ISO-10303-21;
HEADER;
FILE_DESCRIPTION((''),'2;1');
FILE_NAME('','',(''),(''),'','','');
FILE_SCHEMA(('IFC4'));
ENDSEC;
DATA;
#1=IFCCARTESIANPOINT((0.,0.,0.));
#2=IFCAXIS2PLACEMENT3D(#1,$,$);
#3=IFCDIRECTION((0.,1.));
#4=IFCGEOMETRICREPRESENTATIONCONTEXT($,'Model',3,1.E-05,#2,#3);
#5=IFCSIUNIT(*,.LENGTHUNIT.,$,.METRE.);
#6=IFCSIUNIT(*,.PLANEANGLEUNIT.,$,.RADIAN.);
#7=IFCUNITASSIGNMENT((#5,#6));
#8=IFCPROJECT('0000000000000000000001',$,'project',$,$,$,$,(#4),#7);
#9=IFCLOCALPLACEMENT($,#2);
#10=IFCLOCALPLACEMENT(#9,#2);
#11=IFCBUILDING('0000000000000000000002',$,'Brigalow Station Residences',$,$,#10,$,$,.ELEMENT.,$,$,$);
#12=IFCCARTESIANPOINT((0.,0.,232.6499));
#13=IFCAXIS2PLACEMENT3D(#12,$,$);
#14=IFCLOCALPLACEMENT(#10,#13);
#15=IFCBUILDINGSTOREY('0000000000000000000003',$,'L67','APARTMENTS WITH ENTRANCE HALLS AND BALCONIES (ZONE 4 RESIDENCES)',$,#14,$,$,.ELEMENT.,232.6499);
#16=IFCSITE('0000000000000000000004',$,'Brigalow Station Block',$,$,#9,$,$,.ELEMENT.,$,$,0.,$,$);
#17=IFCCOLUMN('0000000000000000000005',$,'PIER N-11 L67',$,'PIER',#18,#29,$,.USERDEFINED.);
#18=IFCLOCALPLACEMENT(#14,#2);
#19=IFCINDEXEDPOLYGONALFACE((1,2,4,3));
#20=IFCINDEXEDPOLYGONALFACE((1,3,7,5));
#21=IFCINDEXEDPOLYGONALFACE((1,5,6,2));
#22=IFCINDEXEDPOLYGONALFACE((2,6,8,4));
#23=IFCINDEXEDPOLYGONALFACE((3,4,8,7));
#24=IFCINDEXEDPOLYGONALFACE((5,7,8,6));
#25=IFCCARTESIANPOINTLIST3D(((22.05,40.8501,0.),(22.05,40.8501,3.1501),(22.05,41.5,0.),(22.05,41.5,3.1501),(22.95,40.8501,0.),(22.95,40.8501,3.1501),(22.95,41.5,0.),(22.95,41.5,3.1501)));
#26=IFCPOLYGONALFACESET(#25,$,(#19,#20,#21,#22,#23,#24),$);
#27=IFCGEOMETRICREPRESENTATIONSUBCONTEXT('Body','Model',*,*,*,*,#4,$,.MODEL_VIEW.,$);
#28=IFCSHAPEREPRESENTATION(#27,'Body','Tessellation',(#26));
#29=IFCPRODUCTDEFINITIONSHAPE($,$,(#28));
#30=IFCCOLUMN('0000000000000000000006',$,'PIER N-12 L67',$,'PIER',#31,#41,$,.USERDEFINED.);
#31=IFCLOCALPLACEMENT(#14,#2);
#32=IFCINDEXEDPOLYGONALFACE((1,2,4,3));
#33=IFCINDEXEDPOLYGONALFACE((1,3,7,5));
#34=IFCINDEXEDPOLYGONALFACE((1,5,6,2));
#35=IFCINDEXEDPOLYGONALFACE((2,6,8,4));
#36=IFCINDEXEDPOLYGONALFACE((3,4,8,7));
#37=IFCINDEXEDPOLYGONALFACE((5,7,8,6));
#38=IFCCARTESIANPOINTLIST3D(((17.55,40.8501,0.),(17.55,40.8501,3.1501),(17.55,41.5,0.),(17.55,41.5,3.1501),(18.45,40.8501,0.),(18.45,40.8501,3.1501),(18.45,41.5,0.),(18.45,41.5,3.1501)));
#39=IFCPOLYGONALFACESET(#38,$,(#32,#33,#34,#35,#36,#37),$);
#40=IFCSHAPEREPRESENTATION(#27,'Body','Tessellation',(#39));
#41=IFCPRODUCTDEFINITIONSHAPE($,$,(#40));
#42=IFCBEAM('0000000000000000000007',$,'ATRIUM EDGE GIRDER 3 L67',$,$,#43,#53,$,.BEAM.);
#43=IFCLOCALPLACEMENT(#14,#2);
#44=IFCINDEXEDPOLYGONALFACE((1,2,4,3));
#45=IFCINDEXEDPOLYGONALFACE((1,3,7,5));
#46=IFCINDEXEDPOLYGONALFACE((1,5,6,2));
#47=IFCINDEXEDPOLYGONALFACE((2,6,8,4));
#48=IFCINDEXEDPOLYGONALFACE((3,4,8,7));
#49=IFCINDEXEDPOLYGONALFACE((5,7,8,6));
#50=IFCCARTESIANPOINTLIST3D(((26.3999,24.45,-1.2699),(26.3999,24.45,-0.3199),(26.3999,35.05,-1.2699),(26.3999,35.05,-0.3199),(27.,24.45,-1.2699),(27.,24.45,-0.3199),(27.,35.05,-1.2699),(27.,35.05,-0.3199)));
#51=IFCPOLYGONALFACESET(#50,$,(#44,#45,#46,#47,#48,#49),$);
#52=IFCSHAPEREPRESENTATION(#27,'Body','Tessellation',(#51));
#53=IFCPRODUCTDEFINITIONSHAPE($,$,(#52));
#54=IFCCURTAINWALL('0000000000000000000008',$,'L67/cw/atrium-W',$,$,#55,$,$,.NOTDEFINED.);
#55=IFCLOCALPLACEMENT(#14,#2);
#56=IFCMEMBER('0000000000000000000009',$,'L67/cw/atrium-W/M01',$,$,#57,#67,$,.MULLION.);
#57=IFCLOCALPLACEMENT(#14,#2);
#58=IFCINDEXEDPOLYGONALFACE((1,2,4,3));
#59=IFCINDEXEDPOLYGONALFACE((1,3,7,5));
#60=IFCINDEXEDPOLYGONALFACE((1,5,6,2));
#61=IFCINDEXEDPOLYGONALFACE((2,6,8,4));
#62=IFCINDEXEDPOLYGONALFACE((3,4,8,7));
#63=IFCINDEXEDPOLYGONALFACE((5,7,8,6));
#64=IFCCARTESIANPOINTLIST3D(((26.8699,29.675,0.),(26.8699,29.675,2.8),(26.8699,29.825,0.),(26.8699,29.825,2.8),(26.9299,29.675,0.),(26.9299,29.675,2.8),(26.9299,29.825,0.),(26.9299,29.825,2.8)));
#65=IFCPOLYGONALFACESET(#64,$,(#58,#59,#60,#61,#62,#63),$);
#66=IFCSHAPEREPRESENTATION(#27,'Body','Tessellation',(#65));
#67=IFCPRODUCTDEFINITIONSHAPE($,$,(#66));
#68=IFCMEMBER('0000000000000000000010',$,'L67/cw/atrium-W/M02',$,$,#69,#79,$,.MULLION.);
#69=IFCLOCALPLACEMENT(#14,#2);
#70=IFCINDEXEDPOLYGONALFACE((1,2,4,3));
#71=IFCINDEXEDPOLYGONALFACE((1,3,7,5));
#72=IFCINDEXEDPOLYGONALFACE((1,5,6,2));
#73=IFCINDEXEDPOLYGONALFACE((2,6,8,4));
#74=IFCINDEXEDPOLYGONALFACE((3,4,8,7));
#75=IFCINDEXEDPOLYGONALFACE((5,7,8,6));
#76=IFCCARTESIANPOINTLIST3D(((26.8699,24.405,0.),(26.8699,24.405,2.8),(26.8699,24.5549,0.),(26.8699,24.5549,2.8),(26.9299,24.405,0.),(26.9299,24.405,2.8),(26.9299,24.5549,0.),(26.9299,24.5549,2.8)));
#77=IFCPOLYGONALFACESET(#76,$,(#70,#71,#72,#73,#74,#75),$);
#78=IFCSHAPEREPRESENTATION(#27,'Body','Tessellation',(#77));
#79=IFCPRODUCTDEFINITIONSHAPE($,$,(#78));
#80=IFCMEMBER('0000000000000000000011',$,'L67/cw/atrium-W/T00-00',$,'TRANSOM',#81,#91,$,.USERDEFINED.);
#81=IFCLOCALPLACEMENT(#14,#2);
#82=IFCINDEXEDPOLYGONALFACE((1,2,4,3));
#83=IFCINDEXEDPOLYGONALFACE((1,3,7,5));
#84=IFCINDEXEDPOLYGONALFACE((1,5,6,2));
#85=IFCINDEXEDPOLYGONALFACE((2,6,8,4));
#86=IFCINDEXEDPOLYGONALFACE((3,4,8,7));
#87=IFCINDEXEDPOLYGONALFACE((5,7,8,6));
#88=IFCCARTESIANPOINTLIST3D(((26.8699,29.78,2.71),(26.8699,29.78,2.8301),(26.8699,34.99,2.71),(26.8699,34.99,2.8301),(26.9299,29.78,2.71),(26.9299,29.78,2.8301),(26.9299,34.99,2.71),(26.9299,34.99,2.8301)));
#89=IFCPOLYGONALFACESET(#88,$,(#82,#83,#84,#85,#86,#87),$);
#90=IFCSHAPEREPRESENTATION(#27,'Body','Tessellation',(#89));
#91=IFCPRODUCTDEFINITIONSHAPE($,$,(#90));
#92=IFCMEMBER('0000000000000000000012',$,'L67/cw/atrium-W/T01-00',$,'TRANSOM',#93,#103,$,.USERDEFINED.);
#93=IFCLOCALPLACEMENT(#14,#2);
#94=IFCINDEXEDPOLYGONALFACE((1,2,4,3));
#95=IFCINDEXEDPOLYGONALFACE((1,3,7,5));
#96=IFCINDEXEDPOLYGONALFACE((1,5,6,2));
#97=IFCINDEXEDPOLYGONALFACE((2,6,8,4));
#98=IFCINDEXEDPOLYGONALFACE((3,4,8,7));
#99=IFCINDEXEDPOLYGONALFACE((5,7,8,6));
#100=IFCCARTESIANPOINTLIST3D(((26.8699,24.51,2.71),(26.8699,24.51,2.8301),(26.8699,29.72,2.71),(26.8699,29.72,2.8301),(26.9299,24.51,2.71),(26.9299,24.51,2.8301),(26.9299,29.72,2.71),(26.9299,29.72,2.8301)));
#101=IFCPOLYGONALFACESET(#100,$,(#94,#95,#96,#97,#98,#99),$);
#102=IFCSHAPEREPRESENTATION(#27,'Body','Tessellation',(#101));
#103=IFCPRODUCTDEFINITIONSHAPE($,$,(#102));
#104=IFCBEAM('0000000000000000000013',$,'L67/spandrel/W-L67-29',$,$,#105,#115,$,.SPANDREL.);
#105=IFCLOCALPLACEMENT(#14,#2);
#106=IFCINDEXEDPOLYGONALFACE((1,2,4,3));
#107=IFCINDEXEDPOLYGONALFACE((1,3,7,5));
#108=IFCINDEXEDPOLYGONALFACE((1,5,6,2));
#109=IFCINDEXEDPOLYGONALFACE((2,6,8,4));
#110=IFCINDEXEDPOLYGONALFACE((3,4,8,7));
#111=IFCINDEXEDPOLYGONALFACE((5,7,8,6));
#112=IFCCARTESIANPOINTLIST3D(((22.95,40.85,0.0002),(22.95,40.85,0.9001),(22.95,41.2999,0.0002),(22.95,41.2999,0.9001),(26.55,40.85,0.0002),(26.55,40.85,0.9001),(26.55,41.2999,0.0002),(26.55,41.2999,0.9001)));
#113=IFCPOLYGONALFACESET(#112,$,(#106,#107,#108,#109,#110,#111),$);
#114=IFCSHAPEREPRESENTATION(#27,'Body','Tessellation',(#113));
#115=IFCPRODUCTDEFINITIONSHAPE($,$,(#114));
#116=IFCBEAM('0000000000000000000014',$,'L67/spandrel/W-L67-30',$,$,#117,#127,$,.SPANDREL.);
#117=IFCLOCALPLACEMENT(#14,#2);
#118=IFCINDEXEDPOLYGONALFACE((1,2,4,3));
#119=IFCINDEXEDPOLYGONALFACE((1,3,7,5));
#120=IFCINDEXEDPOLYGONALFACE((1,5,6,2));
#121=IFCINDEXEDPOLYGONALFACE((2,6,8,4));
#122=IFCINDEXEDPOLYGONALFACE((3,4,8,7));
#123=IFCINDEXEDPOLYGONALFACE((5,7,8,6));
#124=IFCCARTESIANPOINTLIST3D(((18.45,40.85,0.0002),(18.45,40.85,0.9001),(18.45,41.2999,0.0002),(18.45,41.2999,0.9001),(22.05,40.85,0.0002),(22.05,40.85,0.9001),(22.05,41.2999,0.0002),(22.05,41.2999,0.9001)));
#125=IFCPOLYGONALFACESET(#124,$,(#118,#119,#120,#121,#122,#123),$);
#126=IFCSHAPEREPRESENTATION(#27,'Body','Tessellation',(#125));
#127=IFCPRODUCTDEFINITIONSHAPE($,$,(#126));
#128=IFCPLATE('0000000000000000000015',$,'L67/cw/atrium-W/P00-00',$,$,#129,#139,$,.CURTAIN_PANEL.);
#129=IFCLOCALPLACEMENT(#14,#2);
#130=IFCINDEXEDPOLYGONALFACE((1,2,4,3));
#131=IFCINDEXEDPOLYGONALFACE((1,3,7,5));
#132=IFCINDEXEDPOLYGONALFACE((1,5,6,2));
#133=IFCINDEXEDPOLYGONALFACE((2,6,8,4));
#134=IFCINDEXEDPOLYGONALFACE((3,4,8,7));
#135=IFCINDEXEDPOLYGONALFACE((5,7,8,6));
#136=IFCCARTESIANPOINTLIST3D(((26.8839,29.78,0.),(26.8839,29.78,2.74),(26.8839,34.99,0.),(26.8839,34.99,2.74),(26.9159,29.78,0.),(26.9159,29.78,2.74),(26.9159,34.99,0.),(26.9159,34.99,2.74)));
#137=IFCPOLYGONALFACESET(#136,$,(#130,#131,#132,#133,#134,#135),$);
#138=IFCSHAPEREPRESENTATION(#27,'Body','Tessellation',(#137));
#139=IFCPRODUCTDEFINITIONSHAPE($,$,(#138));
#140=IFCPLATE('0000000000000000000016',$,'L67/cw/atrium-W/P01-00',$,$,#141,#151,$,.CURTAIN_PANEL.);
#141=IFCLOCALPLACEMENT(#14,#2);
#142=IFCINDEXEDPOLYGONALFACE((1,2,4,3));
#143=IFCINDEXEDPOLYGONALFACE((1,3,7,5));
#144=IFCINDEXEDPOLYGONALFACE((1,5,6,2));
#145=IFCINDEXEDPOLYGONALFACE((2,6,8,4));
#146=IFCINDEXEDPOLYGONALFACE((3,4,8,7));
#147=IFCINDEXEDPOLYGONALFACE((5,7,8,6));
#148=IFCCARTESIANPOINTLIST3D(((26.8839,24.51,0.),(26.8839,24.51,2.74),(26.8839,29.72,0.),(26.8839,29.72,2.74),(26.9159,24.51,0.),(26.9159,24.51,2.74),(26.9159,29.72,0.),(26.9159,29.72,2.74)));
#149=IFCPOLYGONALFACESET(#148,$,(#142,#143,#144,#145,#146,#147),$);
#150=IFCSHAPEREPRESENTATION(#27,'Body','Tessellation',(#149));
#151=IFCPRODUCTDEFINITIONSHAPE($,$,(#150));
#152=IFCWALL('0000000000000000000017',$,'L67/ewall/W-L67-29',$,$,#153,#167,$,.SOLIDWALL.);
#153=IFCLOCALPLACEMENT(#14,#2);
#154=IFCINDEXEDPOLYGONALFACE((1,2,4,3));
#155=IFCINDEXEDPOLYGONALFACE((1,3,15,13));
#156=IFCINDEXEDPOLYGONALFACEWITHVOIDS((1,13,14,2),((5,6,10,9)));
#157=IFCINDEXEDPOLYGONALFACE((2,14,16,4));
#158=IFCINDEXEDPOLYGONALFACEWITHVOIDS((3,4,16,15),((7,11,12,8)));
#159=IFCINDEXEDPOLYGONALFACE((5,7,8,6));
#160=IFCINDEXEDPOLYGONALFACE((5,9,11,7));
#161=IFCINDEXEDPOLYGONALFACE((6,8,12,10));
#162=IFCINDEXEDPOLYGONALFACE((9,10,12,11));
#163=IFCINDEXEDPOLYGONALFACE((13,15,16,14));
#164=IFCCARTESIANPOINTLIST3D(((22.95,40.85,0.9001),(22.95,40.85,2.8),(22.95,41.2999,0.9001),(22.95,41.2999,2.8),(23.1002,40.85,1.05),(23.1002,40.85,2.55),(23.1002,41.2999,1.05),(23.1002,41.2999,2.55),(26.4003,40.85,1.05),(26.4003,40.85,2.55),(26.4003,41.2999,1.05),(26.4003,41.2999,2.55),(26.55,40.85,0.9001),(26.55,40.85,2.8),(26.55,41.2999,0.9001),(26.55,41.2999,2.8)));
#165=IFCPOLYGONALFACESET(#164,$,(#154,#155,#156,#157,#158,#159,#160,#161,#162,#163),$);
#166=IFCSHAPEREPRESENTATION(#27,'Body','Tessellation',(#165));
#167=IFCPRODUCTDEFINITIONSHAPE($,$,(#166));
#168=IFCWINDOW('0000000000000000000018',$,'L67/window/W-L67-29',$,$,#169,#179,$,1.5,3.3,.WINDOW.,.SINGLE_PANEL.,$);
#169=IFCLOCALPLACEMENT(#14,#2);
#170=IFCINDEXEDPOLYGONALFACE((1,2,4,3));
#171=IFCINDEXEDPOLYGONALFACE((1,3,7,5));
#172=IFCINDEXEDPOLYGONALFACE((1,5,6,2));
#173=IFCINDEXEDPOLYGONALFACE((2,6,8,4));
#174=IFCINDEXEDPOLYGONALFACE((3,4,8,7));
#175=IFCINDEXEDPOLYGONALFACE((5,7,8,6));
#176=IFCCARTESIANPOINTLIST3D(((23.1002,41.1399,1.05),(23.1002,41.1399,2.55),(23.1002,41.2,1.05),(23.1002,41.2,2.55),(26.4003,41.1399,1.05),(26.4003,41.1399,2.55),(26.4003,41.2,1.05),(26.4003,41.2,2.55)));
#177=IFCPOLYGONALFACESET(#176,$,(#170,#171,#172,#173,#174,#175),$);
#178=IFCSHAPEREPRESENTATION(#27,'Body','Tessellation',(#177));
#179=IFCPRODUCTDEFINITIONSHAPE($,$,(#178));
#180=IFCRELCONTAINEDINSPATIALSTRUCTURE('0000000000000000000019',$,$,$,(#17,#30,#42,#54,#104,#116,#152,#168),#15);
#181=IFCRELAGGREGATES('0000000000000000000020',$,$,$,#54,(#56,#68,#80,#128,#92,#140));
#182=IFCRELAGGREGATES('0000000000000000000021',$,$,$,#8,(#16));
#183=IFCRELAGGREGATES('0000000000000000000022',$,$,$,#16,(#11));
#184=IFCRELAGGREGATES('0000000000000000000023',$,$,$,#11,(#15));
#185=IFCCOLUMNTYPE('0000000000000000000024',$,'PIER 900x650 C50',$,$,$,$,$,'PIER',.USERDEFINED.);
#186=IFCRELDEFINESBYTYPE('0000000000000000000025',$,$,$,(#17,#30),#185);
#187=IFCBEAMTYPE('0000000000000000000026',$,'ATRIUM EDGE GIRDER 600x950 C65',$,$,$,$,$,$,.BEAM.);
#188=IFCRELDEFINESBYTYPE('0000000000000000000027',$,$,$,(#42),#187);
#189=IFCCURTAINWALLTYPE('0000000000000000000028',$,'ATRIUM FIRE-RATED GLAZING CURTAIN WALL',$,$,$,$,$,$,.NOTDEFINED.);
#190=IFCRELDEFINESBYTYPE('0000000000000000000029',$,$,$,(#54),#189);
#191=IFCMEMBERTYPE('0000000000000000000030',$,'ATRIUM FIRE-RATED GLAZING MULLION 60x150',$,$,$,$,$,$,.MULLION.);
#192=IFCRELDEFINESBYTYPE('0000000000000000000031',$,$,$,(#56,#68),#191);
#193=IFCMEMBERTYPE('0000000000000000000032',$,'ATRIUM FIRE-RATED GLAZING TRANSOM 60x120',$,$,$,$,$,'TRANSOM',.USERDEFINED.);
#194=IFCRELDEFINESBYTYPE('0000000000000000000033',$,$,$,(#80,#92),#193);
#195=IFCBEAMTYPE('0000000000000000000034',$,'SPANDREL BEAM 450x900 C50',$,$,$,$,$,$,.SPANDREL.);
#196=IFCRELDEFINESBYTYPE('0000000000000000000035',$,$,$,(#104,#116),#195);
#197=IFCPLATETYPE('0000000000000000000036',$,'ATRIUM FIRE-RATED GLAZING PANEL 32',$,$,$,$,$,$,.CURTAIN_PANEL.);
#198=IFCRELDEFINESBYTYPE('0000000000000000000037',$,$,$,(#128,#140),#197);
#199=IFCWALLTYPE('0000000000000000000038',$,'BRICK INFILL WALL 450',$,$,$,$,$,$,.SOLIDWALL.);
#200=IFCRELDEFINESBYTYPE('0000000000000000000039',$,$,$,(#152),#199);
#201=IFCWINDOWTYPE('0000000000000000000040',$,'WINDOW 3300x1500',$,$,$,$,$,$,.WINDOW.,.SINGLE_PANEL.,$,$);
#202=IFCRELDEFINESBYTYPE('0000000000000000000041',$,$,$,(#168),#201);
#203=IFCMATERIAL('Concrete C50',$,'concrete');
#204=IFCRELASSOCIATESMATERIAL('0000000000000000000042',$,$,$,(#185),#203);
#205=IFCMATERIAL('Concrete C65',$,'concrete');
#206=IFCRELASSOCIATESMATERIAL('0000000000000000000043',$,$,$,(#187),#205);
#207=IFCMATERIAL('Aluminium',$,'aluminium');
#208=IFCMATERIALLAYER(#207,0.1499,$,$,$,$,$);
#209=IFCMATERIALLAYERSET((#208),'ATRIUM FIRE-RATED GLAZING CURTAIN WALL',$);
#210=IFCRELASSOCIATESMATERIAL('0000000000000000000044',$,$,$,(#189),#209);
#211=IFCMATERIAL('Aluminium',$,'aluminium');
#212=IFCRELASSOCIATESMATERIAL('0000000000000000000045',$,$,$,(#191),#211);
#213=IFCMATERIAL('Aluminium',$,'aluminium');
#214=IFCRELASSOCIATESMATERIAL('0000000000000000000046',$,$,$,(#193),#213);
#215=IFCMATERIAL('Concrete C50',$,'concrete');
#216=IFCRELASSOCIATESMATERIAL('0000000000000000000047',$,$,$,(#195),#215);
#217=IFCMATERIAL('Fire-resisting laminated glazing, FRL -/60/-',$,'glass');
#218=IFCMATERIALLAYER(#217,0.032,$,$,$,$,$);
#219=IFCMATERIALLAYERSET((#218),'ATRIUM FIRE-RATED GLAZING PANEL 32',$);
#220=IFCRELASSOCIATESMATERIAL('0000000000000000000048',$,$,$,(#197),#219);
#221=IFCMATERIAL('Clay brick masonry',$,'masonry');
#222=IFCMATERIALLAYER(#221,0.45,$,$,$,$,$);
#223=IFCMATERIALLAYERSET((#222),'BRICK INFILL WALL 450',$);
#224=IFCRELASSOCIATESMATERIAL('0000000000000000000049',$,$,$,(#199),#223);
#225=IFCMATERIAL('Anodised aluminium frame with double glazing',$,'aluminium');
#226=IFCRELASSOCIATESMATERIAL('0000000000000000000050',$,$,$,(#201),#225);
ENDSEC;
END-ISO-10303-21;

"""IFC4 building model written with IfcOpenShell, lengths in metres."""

from ifc_helpers import new_model, si_unit, direction, frame, frame_2d, origin, origin_2d, place, context, subcontext, project, spatial, rectangle, extrude, material, layer, layer_set, material_profile, profile_set, type_object, element, fill, aggregate, save


model = new_model("IFC4")

# Units and contexts
model_context = context("Model", 3, precision=1e-05, world=origin(), true_north=direction((0.0, 1.0)))
body_context = subcontext(model_context, "Body", "Model", "MODEL_VIEW")
ifc_project = project(units=[si_unit("LENGTHUNIT", "METRE"), si_unit("PLANEANGLEUNIT", "RADIAN")], contexts=[model_context])

# Site, building, storey
site_placement = place(None, origin())
site = spatial("IfcSite", under=ifc_project, at=site_placement, Name="Brigalow Station Block", CompositionType="ELEMENT", RefElevation=0.0)
building_placement = place(site_placement, origin())
building = spatial("IfcBuilding", under=site, at=building_placement, Name="Brigalow Station Residences", CompositionType="ELEMENT")
storey_placement = place(building_placement, frame((0.0, 0.0, 232.6499)))
storey = spatial("IfcBuildingStorey", under=building, at=storey_placement, Name="L67", Description="APARTMENTS WITH ENTRANCE HALLS AND BALCONIES (ZONE 4 RESIDENCES)", CompositionType="ELEMENT", Elevation=232.6499)

# Columns
ifc_material_1 = material(Name="Concrete C50", Category="concrete")
ifc_material_profile_1 = material_profile(ifc_material_1, rectangle(XDim=0.8999, YDim=0.6499, at=origin_2d()), Name="RC900x650")
ifc_profile_set_1 = profile_set([ifc_material_profile_1], Name="Concrete C50")
column_type = type_object("IfcColumnType", Name="PIER 900x650 C50", ElementType="PIER", PredefinedType="USERDEFINED", material=ifc_profile_set_1)
for number, where, z_axis, x_axis, name in (
    (1, (22.5, 41.175, 0.0), (0.0, 0.0, 1.0), (-1.0, 0.0, 0.0), "PIER N-11 L67"),
    (2, (18.0, 41.175, 0.0), (0.0, 0.0, 1.0), (-1.0, 0.0, 0.0), "PIER N-12 L67"),
):
    element("IfcColumn", number, at=place(storey_placement, frame(where, z_axis=z_axis, x_axis=x_axis)), inside=storey, type_object=column_type, Name=name, ObjectType="PIER", PredefinedType="USERDEFINED", context=body_context, shape_type="SweptSolid", body=[
        extrude(rectangle(XDim=0.8999, YDim=0.6499, at=origin_2d()), origin(), (0.0, 0.0, 1.0), 3.1501),
    ])

# Beam
ifc_material_2 = material(Name="Concrete C65", Category="concrete")
ifc_material_profile_2 = material_profile(ifc_material_2, rectangle(XDim=0.6001, YDim=0.95, at=origin_2d()), Name="RC600x950")
ifc_profile_set_2 = profile_set([ifc_material_profile_2], Name="Concrete C65")
beam_type_1 = type_object("IfcBeamType", Name="ATRIUM EDGE GIRDER 600x950 C65", PredefinedType="BEAM", material=ifc_profile_set_2)
beam_placement = place(storey_placement, frame((26.7, 24.45, -0.7949), z_axis=(0.0, 1.0, 0.0), x_axis=(-1.0, 0.0, 0.0)))
element("IfcBeam", 3, at=beam_placement, inside=storey, type_object=beam_type_1, Name="ATRIUM EDGE GIRDER 3 L67", PredefinedType="BEAM", context=body_context, shape_type="SweptSolid", body=[
    extrude(rectangle(XDim=0.6001, YDim=0.95, at=origin_2d()), origin(), (0.0, 0.0, 1.0), 10.6001),
])

# Curtain wall, members
ifc_material_3 = material(Name="Aluminium", Category="aluminium")
ifc_layer_1 = layer(ifc_material_3, 0.1499)
ifc_layer_set_1 = layer_set([ifc_layer_1], Name="ATRIUM FIRE-RATED GLAZING CURTAIN WALL")
curtain_wall_type = type_object("IfcCurtainWallType", Name="ATRIUM FIRE-RATED GLAZING CURTAIN WALL", PredefinedType="NOTDEFINED", material=ifc_layer_set_1)
curtain_wall_placement = place(storey_placement, origin())
curtain_wall = element("IfcCurtainWall", 4, at=curtain_wall_placement, inside=storey, type_object=curtain_wall_type, Name="L67/cw/atrium-W", PredefinedType="NOTDEFINED")
ifc_material_4 = material(Name="Aluminium", Category="aluminium")
ifc_material_profile_3 = material_profile(ifc_material_4, rectangle(XDim=0.0601, YDim=0.1499, at=origin_2d()), Name="ATRIUM FIRE-RATED GLAZING MULLION 60x150")
ifc_profile_set_3 = profile_set([ifc_material_profile_3], Name="Aluminium")
member_type_1 = type_object("IfcMemberType", Name="ATRIUM FIRE-RATED GLAZING MULLION 60x150", PredefinedType="MULLION", material=ifc_profile_set_3)
member_1_placement = place(storey_placement, frame((26.8999, 29.75, 0.0), z_axis=(0.0, 0.0, 1.0), x_axis=(1.0, 0.0, 0.0)))
member_1 = element("IfcMember", 5, at=member_1_placement, type_object=member_type_1, Name="L67/cw/atrium-W/M01", PredefinedType="MULLION", context=body_context, shape_type="SweptSolid", body=[
    extrude(rectangle(XDim=0.0601, YDim=0.1499, at=origin_2d()), origin(), (0.0, 0.0, 1.0), 2.8),
])
member_2_placement = place(storey_placement, frame((26.8999, 24.48, 0.0), z_axis=(0.0, 0.0, 1.0), x_axis=(1.0, 0.0, 0.0)))
member_2 = element("IfcMember", 6, at=member_2_placement, type_object=member_type_1, Name="L67/cw/atrium-W/M02", PredefinedType="MULLION", context=body_context, shape_type="SweptSolid", body=[
    extrude(rectangle(XDim=0.0601, YDim=0.1499, at=origin_2d()), origin(), (0.0, 0.0, 1.0), 2.8),
])
ifc_material_5 = material(Name="Aluminium", Category="aluminium")
ifc_material_profile_4 = material_profile(ifc_material_5, rectangle(XDim=0.0601, YDim=0.1201, at=origin_2d()), Name="ATRIUM FIRE-RATED GLAZING TRANSOM 60x120")
ifc_profile_set_4 = profile_set([ifc_material_profile_4], Name="Aluminium")
member_type_2 = type_object("IfcMemberType", Name="ATRIUM FIRE-RATED GLAZING TRANSOM 60x120", ElementType="TRANSOM", PredefinedType="USERDEFINED", material=ifc_profile_set_4)
member_3_placement = place(storey_placement, frame((26.8999, 34.99, 2.77), z_axis=(0.0, -1.0, 0.0), x_axis=(1.0, 0.0, 0.0)))
member_3 = element("IfcMember", 7, at=member_3_placement, type_object=member_type_2, Name="L67/cw/atrium-W/T00-00", ObjectType="TRANSOM", PredefinedType="USERDEFINED", context=body_context, shape_type="SweptSolid", body=[
    extrude(rectangle(XDim=0.0601, YDim=0.1201, at=origin_2d()), origin(), (0.0, 0.0, 1.0), 5.21),
])
member_4_placement = place(storey_placement, frame((26.8999, 29.72, 2.77), z_axis=(0.0, -1.0, 0.0), x_axis=(1.0, 0.0, 0.0)))
member_4 = element("IfcMember", 8, at=member_4_placement, type_object=member_type_2, Name="L67/cw/atrium-W/T01-00", ObjectType="TRANSOM", PredefinedType="USERDEFINED", context=body_context, shape_type="SweptSolid", body=[
    extrude(rectangle(XDim=0.0601, YDim=0.1201, at=origin_2d()), origin(), (0.0, 0.0, 1.0), 5.21),
])

# Beams
ifc_material_6 = material(Name="Concrete C50", Category="concrete")
ifc_material_profile_5 = material_profile(ifc_material_6, rectangle(XDim=0.45, YDim=0.8999, at=origin_2d()), Name="RC450x900")
ifc_profile_set_5 = profile_set([ifc_material_profile_5], Name="Concrete C50")
beam_type_2 = type_object("IfcBeamType", Name="SPANDREL BEAM 450x900 C50", PredefinedType="SPANDREL", material=ifc_profile_set_5)
for number, where, z_axis, x_axis, name in (
    (9, (26.55, 41.075, 0.4502), (-1.0, 0.0, 0.0), (0.0, -1.0, 0.0), "L67/spandrel/W-L67-29"),
    (10, (22.05, 41.075, 0.4502), (-1.0, 0.0, 0.0), (0.0, -1.0, 0.0), "L67/spandrel/W-L67-30"),
):
    element("IfcBeam", number, at=place(storey_placement, frame(where, z_axis=z_axis, x_axis=x_axis)), inside=storey, type_object=beam_type_2, Name=name, PredefinedType="SPANDREL", context=body_context, shape_type="SweptSolid", body=[
        extrude(rectangle(XDim=0.45, YDim=0.8999, at=origin_2d()), origin(), (0.0, 0.0, 1.0), 3.6001),
    ])

# Plates
ifc_material_7 = material(Name="Fire-resisting laminated glazing, FRL -/60/-", Category="glass")
ifc_layer_2 = layer(ifc_material_7, 0.032)
ifc_layer_set_2 = layer_set([ifc_layer_2], Name="ATRIUM FIRE-RATED GLAZING PANEL 32")
plate_type = type_object("IfcPlateType", Name="ATRIUM FIRE-RATED GLAZING PANEL 32", PredefinedType="CURTAIN_PANEL", material=ifc_layer_set_2)
plate_1_placement = place(storey_placement, frame((26.8999, 32.385, 0.0), z_axis=(0.0, 0.0, 1.0), x_axis=(0.0, -1.0, 0.0)))
plate_1 = element("IfcPlate", 11, at=plate_1_placement, type_object=plate_type, Name="L67/cw/atrium-W/P00-00", PredefinedType="CURTAIN_PANEL", context=body_context, shape_type="SweptSolid", body=[
    extrude(rectangle(XDim=5.21, YDim=0.032, at=origin_2d()), origin(), (0.0, 0.0, 1.0), 2.74),
])
plate_2_placement = place(storey_placement, frame((26.8999, 27.115, 0.0), z_axis=(0.0, 0.0, 1.0), x_axis=(0.0, -1.0, 0.0)))
plate_2 = element("IfcPlate", 12, at=plate_2_placement, type_object=plate_type, Name="L67/cw/atrium-W/P01-00", PredefinedType="CURTAIN_PANEL", context=body_context, shape_type="SweptSolid", body=[
    extrude(rectangle(XDim=5.21, YDim=0.032, at=origin_2d()), origin(), (0.0, 0.0, 1.0), 2.74),
])
aggregate(curtain_wall, [member_1, member_2, member_3, plate_1, member_4, plate_2])

# Wall, opening, window
ifc_material_8 = material(Name="Clay brick masonry", Category="masonry")
ifc_layer_3 = layer(ifc_material_8, 0.45)
ifc_layer_set_3 = layer_set([ifc_layer_3], Name="BRICK INFILL WALL 450")
wall_type_1 = type_object("IfcWallType", Name="BRICK INFILL WALL 450", PredefinedType="SOLIDWALL", material=ifc_layer_set_3)
wall_1_placement = place(storey_placement, frame((26.55, 41.075, 0.9001), z_axis=(0.0, 0.0, 1.0), x_axis=(-1.0, 0.0, 0.0)))
wall_1 = element("IfcWall", 13, at=wall_1_placement, inside=storey, type_object=wall_type_1, Name="L67/ewall/W-L67-29", PredefinedType="SOLIDWALL", context=body_context, shape_type="SweptSolid", body=[
    extrude(rectangle(XDim=3.6001, YDim=0.45, at=frame_2d((1.8, 0.0))), origin(), (0.0, 0.0, 1.0), 1.8999),
])
opening_1_placement = place(wall_1_placement, frame((0.1499, 0.0, 0.1499)))
opening_1 = element("IfcOpeningElement", 14, at=opening_1_placement, cuts=wall_1, PredefinedType="OPENING", context=body_context, shape_type="SweptSolid", body=[
    extrude(rectangle(XDim=3.3, YDim=1.5, at=frame_2d((1.6499, 0.75))), frame((0.0, 0.2349, 0.0), z_axis=(0.0, -1.0, 0.0), x_axis=(1.0, 0.0, 0.0)), (0.0, 0.0, 1.0), 0.47),
])
ifc_material_9 = material(Name="Anodised aluminium frame with double glazing", Category="aluminium")
window_type = type_object("IfcWindowType", Name="WINDOW 3300x1500", PartitioningType="SINGLE_PANEL", PredefinedType="WINDOW", material=ifc_material_9)
window_1_placement = place(opening_1_placement, origin())
window_1 = element("IfcWindow", 15, at=window_1_placement, inside=storey, type_object=window_type, Name="L67/window/W-L67-29", OverallHeight=1.5, OverallWidth=3.3, PartitioningType="SINGLE_PANEL", PredefinedType="WINDOW", context=body_context, shape_type="SweptSolid", body=[
    extrude(rectangle(XDim=3.3, YDim=1.5, at=frame_2d((1.6499, 0.75))), frame((0.0, -0.0649, 0.0), z_axis=(0.0, -1.0, 0.0), x_axis=(1.0, 0.0, 0.0)), (0.0, 0.0, 1.0), 0.0601),
])
fill(opening_1, window_1)

save(model, "model.ifc")
